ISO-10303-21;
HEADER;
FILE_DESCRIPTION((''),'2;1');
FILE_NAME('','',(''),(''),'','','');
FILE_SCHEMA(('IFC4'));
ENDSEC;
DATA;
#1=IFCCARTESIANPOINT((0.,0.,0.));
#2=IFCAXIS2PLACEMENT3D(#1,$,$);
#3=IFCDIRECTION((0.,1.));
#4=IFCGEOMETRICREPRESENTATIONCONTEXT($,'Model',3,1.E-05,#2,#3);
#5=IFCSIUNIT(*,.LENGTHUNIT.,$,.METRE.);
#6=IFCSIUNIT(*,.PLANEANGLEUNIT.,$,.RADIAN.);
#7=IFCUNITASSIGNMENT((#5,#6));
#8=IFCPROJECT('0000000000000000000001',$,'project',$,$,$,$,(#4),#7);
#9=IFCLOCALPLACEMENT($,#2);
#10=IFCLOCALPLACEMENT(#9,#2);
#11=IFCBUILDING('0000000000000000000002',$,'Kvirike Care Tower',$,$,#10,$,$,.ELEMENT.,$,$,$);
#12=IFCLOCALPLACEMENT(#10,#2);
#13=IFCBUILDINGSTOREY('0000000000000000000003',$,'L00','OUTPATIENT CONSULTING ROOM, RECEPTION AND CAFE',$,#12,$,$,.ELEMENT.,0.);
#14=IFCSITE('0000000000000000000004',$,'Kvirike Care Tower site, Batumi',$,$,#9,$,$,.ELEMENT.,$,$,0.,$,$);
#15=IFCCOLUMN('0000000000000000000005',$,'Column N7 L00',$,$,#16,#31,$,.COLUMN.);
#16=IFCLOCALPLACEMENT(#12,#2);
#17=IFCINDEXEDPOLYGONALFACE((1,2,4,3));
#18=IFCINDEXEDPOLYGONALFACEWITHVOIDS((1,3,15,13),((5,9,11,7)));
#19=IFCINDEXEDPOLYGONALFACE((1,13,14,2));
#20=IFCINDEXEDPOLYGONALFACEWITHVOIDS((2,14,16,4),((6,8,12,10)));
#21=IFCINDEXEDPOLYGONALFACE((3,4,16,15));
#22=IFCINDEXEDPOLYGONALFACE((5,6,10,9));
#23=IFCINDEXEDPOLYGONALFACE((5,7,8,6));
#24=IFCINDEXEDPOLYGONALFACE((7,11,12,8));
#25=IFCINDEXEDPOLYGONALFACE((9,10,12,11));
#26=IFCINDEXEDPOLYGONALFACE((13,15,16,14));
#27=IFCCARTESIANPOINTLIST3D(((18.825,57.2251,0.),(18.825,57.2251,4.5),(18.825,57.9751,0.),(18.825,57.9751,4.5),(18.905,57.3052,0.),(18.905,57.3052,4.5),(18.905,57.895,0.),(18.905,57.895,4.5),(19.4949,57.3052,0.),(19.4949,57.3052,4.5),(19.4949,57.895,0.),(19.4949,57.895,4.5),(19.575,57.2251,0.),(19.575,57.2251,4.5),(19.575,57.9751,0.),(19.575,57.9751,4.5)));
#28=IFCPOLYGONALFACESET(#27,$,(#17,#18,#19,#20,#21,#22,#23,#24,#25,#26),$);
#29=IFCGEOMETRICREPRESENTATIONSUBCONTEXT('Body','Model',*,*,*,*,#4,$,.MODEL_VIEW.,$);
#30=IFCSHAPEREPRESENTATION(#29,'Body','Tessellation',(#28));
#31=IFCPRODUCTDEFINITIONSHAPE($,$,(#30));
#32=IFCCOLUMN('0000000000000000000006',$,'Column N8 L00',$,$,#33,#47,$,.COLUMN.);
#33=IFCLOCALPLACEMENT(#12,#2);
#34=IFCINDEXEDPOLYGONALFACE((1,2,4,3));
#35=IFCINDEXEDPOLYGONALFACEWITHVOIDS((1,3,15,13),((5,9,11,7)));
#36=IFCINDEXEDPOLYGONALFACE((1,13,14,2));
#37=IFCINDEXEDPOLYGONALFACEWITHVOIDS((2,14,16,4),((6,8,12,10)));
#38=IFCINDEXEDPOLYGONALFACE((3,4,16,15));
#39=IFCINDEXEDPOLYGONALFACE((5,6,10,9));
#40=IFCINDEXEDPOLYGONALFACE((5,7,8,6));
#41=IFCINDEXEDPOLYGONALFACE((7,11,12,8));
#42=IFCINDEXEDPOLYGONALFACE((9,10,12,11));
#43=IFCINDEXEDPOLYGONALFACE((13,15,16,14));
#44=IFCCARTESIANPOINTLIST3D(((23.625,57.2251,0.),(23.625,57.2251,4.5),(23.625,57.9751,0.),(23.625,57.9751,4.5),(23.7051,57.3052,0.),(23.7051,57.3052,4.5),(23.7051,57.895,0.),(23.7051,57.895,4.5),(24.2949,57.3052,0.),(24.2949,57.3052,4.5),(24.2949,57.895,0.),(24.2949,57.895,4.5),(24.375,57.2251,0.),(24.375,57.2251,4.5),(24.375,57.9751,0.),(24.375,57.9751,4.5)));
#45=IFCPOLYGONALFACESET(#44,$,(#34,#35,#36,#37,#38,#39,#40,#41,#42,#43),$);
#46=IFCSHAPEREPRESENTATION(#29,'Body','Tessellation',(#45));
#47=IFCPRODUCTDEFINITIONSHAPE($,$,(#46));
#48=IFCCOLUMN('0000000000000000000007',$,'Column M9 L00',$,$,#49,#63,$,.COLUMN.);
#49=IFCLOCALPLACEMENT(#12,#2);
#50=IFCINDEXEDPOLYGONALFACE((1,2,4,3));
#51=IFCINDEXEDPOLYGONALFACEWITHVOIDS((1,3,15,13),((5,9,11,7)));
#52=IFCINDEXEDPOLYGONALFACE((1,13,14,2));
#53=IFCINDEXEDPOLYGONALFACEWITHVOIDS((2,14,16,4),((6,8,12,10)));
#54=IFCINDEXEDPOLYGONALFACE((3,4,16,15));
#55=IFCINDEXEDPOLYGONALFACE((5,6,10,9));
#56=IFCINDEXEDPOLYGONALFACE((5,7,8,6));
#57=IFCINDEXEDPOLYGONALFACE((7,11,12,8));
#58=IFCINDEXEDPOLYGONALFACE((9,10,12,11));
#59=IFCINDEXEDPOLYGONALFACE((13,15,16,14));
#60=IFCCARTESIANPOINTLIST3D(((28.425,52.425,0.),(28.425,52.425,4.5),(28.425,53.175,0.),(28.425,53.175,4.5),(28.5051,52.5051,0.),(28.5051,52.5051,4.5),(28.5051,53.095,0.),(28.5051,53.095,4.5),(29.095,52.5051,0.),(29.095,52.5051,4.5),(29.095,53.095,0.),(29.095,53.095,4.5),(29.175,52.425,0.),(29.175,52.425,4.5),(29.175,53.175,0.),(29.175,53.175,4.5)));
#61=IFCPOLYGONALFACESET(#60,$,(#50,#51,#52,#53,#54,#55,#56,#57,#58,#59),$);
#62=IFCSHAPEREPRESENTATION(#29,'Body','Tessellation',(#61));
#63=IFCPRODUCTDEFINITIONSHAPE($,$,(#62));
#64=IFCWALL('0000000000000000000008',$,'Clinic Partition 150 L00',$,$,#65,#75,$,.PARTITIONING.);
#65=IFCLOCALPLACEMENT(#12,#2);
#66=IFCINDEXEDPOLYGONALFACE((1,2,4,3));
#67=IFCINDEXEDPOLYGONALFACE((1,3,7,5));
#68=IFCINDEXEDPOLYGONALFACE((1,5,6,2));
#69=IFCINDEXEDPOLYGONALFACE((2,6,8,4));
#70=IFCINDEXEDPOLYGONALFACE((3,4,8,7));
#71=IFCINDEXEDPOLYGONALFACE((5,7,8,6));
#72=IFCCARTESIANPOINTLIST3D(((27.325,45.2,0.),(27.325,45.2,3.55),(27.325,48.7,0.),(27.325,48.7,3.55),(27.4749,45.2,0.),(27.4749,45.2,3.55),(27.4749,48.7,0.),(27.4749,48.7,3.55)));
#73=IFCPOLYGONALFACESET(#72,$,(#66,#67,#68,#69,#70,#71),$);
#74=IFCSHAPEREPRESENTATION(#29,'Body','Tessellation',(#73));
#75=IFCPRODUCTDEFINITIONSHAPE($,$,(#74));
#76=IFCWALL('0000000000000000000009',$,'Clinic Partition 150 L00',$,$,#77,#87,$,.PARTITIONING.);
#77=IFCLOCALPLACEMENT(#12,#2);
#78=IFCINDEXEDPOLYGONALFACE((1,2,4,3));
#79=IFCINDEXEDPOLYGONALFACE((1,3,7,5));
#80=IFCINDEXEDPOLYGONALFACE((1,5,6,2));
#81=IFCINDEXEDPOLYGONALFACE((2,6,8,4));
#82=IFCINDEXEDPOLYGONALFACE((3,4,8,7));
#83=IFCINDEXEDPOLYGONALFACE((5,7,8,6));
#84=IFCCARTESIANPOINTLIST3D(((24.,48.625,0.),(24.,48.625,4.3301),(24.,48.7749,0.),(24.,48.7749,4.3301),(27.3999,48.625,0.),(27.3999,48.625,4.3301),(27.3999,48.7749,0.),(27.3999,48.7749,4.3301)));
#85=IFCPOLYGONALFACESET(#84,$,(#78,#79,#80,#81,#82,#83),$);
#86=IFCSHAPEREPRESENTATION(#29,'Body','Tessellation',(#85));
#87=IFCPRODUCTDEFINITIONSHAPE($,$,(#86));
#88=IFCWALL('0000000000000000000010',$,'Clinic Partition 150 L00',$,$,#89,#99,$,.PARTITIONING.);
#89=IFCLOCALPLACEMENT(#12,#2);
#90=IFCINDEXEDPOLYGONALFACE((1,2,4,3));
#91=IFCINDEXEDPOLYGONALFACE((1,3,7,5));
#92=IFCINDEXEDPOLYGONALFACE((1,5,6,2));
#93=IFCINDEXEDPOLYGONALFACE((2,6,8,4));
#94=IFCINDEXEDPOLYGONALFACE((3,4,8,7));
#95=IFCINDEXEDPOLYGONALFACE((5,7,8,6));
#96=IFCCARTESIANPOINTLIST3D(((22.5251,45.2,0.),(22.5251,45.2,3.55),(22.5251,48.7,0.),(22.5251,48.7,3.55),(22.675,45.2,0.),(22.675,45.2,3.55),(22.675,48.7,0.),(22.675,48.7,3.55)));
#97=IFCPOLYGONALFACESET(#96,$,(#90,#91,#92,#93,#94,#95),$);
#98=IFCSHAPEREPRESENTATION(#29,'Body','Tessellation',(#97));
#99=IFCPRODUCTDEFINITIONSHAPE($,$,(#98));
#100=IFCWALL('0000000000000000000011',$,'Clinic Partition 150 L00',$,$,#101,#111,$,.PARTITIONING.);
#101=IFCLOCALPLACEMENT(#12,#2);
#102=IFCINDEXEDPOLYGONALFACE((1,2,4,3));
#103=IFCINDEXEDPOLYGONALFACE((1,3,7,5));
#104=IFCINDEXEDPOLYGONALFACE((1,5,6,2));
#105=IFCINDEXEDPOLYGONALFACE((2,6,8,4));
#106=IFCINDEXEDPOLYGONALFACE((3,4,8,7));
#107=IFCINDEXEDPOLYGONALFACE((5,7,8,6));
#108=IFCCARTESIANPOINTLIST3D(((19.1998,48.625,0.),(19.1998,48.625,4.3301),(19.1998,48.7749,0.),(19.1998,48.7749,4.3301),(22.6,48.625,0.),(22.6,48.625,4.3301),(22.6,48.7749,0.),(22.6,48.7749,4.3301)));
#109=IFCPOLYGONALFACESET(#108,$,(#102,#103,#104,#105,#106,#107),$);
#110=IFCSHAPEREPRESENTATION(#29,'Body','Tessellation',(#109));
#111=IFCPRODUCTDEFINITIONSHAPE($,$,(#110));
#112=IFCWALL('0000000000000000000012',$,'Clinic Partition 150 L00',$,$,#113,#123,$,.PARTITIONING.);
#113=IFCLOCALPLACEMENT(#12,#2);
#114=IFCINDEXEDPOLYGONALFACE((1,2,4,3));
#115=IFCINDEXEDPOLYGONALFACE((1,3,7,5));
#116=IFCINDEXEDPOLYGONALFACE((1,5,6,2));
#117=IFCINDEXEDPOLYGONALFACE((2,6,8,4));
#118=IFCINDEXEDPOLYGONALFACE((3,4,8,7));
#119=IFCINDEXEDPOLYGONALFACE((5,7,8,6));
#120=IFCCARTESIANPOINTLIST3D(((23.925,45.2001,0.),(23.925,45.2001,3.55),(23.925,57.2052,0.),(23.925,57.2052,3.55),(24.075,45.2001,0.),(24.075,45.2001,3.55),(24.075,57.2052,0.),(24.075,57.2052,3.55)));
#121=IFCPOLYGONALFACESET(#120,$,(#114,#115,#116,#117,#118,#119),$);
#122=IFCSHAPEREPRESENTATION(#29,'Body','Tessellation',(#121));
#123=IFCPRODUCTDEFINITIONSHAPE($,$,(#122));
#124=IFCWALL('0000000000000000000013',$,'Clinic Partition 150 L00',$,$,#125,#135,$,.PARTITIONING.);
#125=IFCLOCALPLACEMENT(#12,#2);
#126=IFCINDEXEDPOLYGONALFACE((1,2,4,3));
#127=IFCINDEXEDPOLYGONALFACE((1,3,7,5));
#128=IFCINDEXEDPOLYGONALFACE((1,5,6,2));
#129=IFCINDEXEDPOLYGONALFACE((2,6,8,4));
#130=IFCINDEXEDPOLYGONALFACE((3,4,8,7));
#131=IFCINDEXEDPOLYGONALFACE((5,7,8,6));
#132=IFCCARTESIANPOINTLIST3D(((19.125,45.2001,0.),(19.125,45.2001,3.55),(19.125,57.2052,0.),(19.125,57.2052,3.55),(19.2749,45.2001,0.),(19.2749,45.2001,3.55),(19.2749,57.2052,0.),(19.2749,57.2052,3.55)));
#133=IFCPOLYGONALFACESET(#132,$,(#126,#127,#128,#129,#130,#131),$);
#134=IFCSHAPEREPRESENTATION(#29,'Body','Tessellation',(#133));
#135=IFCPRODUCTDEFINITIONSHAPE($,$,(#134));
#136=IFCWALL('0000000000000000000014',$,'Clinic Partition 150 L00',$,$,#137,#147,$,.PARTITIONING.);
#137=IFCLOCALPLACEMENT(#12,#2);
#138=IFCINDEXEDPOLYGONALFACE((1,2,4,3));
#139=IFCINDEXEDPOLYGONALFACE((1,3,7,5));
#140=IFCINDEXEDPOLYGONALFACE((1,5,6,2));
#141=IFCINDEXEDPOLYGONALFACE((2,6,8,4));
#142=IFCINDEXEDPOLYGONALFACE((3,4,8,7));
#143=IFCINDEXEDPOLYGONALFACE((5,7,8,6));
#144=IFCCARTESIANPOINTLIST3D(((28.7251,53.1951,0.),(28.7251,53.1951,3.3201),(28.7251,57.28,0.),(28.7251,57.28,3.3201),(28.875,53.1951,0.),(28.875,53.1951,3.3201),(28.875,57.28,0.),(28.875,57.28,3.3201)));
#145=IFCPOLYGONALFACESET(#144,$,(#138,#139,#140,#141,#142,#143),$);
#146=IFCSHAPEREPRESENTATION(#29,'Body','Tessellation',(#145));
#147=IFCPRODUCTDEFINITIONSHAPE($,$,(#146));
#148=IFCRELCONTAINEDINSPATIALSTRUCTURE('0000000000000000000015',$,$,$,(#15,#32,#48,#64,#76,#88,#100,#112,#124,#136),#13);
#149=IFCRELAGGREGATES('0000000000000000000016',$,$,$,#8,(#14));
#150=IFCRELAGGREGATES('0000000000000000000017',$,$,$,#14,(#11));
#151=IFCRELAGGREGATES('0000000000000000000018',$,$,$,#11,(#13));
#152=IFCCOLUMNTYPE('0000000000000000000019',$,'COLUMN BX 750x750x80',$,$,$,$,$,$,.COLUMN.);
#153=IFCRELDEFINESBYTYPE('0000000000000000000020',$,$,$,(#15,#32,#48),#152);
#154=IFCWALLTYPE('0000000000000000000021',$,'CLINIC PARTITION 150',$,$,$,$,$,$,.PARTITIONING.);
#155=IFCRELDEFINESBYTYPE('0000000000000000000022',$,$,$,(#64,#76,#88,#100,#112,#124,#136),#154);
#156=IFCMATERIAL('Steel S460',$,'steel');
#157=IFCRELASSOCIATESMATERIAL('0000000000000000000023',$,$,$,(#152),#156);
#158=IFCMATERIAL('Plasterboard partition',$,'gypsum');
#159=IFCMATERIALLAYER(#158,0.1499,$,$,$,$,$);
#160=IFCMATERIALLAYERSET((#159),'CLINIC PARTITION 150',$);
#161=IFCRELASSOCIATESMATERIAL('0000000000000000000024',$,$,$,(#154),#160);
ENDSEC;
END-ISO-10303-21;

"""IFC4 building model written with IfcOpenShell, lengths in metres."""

from ifc_helpers import new_model, si_unit, direction, frame, frame_2d, origin, origin_2d, place, context, subcontext, project, spatial, rectangle, hollow_rectangle, extrude, material, layer, layer_set, material_profile, profile_set, type_object, element, save


model = new_model("IFC4")

# Units and contexts
model_context = context("Model", 3, precision=1e-05, world=origin(), true_north=direction((0.0, 1.0)))
body_context = subcontext(model_context, "Body", "Model", "MODEL_VIEW")
ifc_project = project(units=[si_unit("LENGTHUNIT", "METRE"), si_unit("PLANEANGLEUNIT", "RADIAN")], contexts=[model_context])

# Site, building, storey
site_placement = place(None, origin())
site = spatial("IfcSite", under=ifc_project, at=site_placement, Name="Kvirike Care Tower site, Batumi", CompositionType="ELEMENT", RefElevation=0.0)
building_placement = place(site_placement, origin())
building = spatial("IfcBuilding", under=site, at=building_placement, Name="Kvirike Care Tower", CompositionType="ELEMENT")
storey_placement = place(building_placement, origin())
storey = spatial("IfcBuildingStorey", under=building, at=storey_placement, Name="L00", Description="OUTPATIENT CONSULTING ROOM, RECEPTION AND CAFE", CompositionType="ELEMENT", Elevation=0.0)

# Columns
ifc_material_1 = material(Name="Steel S460", Category="steel")
ifc_material_profile_1 = material_profile(ifc_material_1, hollow_rectangle(XDim=0.75, YDim=0.75, WallThickness=0.0801, at=origin_2d()), Name="BX 750x750x80")
ifc_profile_set_1 = profile_set([ifc_material_profile_1], Name="Steel S460")
column_type_1 = type_object("IfcColumnType", Name="COLUMN BX 750x750x80", PredefinedType="COLUMN", material=ifc_profile_set_1)
for number, where, z_axis, x_axis, name in (
    (1, (19.2, 57.6001, 0.0), (0.0, 0.0, 1.0), (0.0, 1.0, 0.0), "Column N7 L00"),
    (2, (24.0, 57.6001, 0.0), (0.0, 0.0, 1.0), (0.0, 1.0, 0.0), "Column N8 L00"),
    (3, (28.8, 52.8, 0.0), (0.0, 0.0, 1.0), (1.0, 0.0, 0.0), "Column M9 L00"),
):
    element("IfcColumn", number, at=place(storey_placement, frame(where, z_axis=z_axis, x_axis=x_axis)), inside=storey, type_object=column_type_1, Name=name, PredefinedType="COLUMN", context=body_context, shape_type="SweptSolid", body=[
        extrude(hollow_rectangle(XDim=0.75, YDim=0.75, WallThickness=0.0801, at=origin_2d()), origin(), (0.0, 0.0, 1.0), 4.5),
    ])

# Walls
ifc_material_2 = material(Name="Plasterboard partition", Category="gypsum")
ifc_layer = layer(ifc_material_2, 0.1499)
ifc_layer_set = layer_set([ifc_layer], Name="CLINIC PARTITION 150")
wall_type = type_object("IfcWallType", Name="CLINIC PARTITION 150", PredefinedType="PARTITIONING", material=ifc_layer_set)
wall_1_placement = place(storey_placement, frame((27.3999, 48.7, 0.0), z_axis=(0.0, 0.0, 1.0), x_axis=(0.0, -1.0, 0.0)))
element("IfcWall", 4, at=wall_1_placement, inside=storey, type_object=wall_type, Name="Clinic Partition 150 L00", PredefinedType="PARTITIONING", context=body_context, shape_type="SweptSolid", body=[
    extrude(rectangle(XDim=3.5, YDim=0.1499, at=frame_2d((1.75, 0.0))), origin(), (0.0, 0.0, 1.0), 3.55),
])
wall_2_placement = place(storey_placement, frame((27.3999, 48.7, 0.0), z_axis=(0.0, 0.0, 1.0), x_axis=(-1.0, 0.0, 0.0)))
element("IfcWall", 5, at=wall_2_placement, inside=storey, type_object=wall_type, Name="Clinic Partition 150 L00", PredefinedType="PARTITIONING", context=body_context, shape_type="SweptSolid", body=[
    extrude(rectangle(XDim=3.3999, YDim=0.1499, at=frame_2d((1.7, 0.0))), origin(), (0.0, 0.0, 1.0), 4.3301),
])
wall_3_placement = place(storey_placement, frame((22.6001, 48.7, 0.0), z_axis=(0.0, 0.0, 1.0), x_axis=(0.0, -1.0, 0.0)))
element("IfcWall", 6, at=wall_3_placement, inside=storey, type_object=wall_type, Name="Clinic Partition 150 L00", PredefinedType="PARTITIONING", context=body_context, shape_type="SweptSolid", body=[
    extrude(rectangle(XDim=3.5, YDim=0.1499, at=frame_2d((1.75, 0.0))), origin(), (0.0, 0.0, 1.0), 3.55),
])
wall_4_placement = place(storey_placement, frame((22.6001, 48.7, 0.0), z_axis=(0.0, 0.0, 1.0), x_axis=(-1.0, 0.0, 0.0)))
element("IfcWall", 7, at=wall_4_placement, inside=storey, type_object=wall_type, Name="Clinic Partition 150 L00", PredefinedType="PARTITIONING", context=body_context, shape_type="SweptSolid", body=[
    extrude(rectangle(XDim=3.4001, YDim=0.1499, at=frame_2d((1.7002, 0.0))), origin(), (0.0, 0.0, 1.0), 4.3301),
])
for number, where, z_axis, x_axis, name in (
    (8, (24.0, 57.2051, 0.0), (0.0, 0.0, 1.0), (0.0, -1.0, 0.0), "Clinic Partition 150 L00"),
    (9, (19.2, 57.2051, 0.0), (0.0, 0.0, 1.0), (0.0, -1.0, 0.0), "Clinic Partition 150 L00"),
):
    element("IfcWall", number, at=place(storey_placement, frame(where, z_axis=z_axis, x_axis=x_axis)), inside=storey, type_object=wall_type, Name=name, PredefinedType="PARTITIONING", context=body_context, shape_type="SweptSolid", body=[
        extrude(rectangle(XDim=12.0051, YDim=0.1499, at=frame_2d((6.0024, 0.0))), origin(), (0.0, 0.0, 1.0), 3.55),
    ])
wall_5_placement = place(storey_placement, frame((28.8, 53.1951, 0.0), z_axis=(0.0, 0.0, 1.0), x_axis=(0.0, 1.0, 0.0)))
element("IfcWall", 10, at=wall_5_placement, inside=storey, type_object=wall_type, Name="Clinic Partition 150 L00", PredefinedType="PARTITIONING", context=body_context, shape_type="SweptSolid", body=[
    extrude(rectangle(XDim=4.085, YDim=0.1499, at=frame_2d((2.0425, 0.0))), origin(), (0.0, 0.0, 1.0), 3.3201),
])

save(model, "model.ifc")
